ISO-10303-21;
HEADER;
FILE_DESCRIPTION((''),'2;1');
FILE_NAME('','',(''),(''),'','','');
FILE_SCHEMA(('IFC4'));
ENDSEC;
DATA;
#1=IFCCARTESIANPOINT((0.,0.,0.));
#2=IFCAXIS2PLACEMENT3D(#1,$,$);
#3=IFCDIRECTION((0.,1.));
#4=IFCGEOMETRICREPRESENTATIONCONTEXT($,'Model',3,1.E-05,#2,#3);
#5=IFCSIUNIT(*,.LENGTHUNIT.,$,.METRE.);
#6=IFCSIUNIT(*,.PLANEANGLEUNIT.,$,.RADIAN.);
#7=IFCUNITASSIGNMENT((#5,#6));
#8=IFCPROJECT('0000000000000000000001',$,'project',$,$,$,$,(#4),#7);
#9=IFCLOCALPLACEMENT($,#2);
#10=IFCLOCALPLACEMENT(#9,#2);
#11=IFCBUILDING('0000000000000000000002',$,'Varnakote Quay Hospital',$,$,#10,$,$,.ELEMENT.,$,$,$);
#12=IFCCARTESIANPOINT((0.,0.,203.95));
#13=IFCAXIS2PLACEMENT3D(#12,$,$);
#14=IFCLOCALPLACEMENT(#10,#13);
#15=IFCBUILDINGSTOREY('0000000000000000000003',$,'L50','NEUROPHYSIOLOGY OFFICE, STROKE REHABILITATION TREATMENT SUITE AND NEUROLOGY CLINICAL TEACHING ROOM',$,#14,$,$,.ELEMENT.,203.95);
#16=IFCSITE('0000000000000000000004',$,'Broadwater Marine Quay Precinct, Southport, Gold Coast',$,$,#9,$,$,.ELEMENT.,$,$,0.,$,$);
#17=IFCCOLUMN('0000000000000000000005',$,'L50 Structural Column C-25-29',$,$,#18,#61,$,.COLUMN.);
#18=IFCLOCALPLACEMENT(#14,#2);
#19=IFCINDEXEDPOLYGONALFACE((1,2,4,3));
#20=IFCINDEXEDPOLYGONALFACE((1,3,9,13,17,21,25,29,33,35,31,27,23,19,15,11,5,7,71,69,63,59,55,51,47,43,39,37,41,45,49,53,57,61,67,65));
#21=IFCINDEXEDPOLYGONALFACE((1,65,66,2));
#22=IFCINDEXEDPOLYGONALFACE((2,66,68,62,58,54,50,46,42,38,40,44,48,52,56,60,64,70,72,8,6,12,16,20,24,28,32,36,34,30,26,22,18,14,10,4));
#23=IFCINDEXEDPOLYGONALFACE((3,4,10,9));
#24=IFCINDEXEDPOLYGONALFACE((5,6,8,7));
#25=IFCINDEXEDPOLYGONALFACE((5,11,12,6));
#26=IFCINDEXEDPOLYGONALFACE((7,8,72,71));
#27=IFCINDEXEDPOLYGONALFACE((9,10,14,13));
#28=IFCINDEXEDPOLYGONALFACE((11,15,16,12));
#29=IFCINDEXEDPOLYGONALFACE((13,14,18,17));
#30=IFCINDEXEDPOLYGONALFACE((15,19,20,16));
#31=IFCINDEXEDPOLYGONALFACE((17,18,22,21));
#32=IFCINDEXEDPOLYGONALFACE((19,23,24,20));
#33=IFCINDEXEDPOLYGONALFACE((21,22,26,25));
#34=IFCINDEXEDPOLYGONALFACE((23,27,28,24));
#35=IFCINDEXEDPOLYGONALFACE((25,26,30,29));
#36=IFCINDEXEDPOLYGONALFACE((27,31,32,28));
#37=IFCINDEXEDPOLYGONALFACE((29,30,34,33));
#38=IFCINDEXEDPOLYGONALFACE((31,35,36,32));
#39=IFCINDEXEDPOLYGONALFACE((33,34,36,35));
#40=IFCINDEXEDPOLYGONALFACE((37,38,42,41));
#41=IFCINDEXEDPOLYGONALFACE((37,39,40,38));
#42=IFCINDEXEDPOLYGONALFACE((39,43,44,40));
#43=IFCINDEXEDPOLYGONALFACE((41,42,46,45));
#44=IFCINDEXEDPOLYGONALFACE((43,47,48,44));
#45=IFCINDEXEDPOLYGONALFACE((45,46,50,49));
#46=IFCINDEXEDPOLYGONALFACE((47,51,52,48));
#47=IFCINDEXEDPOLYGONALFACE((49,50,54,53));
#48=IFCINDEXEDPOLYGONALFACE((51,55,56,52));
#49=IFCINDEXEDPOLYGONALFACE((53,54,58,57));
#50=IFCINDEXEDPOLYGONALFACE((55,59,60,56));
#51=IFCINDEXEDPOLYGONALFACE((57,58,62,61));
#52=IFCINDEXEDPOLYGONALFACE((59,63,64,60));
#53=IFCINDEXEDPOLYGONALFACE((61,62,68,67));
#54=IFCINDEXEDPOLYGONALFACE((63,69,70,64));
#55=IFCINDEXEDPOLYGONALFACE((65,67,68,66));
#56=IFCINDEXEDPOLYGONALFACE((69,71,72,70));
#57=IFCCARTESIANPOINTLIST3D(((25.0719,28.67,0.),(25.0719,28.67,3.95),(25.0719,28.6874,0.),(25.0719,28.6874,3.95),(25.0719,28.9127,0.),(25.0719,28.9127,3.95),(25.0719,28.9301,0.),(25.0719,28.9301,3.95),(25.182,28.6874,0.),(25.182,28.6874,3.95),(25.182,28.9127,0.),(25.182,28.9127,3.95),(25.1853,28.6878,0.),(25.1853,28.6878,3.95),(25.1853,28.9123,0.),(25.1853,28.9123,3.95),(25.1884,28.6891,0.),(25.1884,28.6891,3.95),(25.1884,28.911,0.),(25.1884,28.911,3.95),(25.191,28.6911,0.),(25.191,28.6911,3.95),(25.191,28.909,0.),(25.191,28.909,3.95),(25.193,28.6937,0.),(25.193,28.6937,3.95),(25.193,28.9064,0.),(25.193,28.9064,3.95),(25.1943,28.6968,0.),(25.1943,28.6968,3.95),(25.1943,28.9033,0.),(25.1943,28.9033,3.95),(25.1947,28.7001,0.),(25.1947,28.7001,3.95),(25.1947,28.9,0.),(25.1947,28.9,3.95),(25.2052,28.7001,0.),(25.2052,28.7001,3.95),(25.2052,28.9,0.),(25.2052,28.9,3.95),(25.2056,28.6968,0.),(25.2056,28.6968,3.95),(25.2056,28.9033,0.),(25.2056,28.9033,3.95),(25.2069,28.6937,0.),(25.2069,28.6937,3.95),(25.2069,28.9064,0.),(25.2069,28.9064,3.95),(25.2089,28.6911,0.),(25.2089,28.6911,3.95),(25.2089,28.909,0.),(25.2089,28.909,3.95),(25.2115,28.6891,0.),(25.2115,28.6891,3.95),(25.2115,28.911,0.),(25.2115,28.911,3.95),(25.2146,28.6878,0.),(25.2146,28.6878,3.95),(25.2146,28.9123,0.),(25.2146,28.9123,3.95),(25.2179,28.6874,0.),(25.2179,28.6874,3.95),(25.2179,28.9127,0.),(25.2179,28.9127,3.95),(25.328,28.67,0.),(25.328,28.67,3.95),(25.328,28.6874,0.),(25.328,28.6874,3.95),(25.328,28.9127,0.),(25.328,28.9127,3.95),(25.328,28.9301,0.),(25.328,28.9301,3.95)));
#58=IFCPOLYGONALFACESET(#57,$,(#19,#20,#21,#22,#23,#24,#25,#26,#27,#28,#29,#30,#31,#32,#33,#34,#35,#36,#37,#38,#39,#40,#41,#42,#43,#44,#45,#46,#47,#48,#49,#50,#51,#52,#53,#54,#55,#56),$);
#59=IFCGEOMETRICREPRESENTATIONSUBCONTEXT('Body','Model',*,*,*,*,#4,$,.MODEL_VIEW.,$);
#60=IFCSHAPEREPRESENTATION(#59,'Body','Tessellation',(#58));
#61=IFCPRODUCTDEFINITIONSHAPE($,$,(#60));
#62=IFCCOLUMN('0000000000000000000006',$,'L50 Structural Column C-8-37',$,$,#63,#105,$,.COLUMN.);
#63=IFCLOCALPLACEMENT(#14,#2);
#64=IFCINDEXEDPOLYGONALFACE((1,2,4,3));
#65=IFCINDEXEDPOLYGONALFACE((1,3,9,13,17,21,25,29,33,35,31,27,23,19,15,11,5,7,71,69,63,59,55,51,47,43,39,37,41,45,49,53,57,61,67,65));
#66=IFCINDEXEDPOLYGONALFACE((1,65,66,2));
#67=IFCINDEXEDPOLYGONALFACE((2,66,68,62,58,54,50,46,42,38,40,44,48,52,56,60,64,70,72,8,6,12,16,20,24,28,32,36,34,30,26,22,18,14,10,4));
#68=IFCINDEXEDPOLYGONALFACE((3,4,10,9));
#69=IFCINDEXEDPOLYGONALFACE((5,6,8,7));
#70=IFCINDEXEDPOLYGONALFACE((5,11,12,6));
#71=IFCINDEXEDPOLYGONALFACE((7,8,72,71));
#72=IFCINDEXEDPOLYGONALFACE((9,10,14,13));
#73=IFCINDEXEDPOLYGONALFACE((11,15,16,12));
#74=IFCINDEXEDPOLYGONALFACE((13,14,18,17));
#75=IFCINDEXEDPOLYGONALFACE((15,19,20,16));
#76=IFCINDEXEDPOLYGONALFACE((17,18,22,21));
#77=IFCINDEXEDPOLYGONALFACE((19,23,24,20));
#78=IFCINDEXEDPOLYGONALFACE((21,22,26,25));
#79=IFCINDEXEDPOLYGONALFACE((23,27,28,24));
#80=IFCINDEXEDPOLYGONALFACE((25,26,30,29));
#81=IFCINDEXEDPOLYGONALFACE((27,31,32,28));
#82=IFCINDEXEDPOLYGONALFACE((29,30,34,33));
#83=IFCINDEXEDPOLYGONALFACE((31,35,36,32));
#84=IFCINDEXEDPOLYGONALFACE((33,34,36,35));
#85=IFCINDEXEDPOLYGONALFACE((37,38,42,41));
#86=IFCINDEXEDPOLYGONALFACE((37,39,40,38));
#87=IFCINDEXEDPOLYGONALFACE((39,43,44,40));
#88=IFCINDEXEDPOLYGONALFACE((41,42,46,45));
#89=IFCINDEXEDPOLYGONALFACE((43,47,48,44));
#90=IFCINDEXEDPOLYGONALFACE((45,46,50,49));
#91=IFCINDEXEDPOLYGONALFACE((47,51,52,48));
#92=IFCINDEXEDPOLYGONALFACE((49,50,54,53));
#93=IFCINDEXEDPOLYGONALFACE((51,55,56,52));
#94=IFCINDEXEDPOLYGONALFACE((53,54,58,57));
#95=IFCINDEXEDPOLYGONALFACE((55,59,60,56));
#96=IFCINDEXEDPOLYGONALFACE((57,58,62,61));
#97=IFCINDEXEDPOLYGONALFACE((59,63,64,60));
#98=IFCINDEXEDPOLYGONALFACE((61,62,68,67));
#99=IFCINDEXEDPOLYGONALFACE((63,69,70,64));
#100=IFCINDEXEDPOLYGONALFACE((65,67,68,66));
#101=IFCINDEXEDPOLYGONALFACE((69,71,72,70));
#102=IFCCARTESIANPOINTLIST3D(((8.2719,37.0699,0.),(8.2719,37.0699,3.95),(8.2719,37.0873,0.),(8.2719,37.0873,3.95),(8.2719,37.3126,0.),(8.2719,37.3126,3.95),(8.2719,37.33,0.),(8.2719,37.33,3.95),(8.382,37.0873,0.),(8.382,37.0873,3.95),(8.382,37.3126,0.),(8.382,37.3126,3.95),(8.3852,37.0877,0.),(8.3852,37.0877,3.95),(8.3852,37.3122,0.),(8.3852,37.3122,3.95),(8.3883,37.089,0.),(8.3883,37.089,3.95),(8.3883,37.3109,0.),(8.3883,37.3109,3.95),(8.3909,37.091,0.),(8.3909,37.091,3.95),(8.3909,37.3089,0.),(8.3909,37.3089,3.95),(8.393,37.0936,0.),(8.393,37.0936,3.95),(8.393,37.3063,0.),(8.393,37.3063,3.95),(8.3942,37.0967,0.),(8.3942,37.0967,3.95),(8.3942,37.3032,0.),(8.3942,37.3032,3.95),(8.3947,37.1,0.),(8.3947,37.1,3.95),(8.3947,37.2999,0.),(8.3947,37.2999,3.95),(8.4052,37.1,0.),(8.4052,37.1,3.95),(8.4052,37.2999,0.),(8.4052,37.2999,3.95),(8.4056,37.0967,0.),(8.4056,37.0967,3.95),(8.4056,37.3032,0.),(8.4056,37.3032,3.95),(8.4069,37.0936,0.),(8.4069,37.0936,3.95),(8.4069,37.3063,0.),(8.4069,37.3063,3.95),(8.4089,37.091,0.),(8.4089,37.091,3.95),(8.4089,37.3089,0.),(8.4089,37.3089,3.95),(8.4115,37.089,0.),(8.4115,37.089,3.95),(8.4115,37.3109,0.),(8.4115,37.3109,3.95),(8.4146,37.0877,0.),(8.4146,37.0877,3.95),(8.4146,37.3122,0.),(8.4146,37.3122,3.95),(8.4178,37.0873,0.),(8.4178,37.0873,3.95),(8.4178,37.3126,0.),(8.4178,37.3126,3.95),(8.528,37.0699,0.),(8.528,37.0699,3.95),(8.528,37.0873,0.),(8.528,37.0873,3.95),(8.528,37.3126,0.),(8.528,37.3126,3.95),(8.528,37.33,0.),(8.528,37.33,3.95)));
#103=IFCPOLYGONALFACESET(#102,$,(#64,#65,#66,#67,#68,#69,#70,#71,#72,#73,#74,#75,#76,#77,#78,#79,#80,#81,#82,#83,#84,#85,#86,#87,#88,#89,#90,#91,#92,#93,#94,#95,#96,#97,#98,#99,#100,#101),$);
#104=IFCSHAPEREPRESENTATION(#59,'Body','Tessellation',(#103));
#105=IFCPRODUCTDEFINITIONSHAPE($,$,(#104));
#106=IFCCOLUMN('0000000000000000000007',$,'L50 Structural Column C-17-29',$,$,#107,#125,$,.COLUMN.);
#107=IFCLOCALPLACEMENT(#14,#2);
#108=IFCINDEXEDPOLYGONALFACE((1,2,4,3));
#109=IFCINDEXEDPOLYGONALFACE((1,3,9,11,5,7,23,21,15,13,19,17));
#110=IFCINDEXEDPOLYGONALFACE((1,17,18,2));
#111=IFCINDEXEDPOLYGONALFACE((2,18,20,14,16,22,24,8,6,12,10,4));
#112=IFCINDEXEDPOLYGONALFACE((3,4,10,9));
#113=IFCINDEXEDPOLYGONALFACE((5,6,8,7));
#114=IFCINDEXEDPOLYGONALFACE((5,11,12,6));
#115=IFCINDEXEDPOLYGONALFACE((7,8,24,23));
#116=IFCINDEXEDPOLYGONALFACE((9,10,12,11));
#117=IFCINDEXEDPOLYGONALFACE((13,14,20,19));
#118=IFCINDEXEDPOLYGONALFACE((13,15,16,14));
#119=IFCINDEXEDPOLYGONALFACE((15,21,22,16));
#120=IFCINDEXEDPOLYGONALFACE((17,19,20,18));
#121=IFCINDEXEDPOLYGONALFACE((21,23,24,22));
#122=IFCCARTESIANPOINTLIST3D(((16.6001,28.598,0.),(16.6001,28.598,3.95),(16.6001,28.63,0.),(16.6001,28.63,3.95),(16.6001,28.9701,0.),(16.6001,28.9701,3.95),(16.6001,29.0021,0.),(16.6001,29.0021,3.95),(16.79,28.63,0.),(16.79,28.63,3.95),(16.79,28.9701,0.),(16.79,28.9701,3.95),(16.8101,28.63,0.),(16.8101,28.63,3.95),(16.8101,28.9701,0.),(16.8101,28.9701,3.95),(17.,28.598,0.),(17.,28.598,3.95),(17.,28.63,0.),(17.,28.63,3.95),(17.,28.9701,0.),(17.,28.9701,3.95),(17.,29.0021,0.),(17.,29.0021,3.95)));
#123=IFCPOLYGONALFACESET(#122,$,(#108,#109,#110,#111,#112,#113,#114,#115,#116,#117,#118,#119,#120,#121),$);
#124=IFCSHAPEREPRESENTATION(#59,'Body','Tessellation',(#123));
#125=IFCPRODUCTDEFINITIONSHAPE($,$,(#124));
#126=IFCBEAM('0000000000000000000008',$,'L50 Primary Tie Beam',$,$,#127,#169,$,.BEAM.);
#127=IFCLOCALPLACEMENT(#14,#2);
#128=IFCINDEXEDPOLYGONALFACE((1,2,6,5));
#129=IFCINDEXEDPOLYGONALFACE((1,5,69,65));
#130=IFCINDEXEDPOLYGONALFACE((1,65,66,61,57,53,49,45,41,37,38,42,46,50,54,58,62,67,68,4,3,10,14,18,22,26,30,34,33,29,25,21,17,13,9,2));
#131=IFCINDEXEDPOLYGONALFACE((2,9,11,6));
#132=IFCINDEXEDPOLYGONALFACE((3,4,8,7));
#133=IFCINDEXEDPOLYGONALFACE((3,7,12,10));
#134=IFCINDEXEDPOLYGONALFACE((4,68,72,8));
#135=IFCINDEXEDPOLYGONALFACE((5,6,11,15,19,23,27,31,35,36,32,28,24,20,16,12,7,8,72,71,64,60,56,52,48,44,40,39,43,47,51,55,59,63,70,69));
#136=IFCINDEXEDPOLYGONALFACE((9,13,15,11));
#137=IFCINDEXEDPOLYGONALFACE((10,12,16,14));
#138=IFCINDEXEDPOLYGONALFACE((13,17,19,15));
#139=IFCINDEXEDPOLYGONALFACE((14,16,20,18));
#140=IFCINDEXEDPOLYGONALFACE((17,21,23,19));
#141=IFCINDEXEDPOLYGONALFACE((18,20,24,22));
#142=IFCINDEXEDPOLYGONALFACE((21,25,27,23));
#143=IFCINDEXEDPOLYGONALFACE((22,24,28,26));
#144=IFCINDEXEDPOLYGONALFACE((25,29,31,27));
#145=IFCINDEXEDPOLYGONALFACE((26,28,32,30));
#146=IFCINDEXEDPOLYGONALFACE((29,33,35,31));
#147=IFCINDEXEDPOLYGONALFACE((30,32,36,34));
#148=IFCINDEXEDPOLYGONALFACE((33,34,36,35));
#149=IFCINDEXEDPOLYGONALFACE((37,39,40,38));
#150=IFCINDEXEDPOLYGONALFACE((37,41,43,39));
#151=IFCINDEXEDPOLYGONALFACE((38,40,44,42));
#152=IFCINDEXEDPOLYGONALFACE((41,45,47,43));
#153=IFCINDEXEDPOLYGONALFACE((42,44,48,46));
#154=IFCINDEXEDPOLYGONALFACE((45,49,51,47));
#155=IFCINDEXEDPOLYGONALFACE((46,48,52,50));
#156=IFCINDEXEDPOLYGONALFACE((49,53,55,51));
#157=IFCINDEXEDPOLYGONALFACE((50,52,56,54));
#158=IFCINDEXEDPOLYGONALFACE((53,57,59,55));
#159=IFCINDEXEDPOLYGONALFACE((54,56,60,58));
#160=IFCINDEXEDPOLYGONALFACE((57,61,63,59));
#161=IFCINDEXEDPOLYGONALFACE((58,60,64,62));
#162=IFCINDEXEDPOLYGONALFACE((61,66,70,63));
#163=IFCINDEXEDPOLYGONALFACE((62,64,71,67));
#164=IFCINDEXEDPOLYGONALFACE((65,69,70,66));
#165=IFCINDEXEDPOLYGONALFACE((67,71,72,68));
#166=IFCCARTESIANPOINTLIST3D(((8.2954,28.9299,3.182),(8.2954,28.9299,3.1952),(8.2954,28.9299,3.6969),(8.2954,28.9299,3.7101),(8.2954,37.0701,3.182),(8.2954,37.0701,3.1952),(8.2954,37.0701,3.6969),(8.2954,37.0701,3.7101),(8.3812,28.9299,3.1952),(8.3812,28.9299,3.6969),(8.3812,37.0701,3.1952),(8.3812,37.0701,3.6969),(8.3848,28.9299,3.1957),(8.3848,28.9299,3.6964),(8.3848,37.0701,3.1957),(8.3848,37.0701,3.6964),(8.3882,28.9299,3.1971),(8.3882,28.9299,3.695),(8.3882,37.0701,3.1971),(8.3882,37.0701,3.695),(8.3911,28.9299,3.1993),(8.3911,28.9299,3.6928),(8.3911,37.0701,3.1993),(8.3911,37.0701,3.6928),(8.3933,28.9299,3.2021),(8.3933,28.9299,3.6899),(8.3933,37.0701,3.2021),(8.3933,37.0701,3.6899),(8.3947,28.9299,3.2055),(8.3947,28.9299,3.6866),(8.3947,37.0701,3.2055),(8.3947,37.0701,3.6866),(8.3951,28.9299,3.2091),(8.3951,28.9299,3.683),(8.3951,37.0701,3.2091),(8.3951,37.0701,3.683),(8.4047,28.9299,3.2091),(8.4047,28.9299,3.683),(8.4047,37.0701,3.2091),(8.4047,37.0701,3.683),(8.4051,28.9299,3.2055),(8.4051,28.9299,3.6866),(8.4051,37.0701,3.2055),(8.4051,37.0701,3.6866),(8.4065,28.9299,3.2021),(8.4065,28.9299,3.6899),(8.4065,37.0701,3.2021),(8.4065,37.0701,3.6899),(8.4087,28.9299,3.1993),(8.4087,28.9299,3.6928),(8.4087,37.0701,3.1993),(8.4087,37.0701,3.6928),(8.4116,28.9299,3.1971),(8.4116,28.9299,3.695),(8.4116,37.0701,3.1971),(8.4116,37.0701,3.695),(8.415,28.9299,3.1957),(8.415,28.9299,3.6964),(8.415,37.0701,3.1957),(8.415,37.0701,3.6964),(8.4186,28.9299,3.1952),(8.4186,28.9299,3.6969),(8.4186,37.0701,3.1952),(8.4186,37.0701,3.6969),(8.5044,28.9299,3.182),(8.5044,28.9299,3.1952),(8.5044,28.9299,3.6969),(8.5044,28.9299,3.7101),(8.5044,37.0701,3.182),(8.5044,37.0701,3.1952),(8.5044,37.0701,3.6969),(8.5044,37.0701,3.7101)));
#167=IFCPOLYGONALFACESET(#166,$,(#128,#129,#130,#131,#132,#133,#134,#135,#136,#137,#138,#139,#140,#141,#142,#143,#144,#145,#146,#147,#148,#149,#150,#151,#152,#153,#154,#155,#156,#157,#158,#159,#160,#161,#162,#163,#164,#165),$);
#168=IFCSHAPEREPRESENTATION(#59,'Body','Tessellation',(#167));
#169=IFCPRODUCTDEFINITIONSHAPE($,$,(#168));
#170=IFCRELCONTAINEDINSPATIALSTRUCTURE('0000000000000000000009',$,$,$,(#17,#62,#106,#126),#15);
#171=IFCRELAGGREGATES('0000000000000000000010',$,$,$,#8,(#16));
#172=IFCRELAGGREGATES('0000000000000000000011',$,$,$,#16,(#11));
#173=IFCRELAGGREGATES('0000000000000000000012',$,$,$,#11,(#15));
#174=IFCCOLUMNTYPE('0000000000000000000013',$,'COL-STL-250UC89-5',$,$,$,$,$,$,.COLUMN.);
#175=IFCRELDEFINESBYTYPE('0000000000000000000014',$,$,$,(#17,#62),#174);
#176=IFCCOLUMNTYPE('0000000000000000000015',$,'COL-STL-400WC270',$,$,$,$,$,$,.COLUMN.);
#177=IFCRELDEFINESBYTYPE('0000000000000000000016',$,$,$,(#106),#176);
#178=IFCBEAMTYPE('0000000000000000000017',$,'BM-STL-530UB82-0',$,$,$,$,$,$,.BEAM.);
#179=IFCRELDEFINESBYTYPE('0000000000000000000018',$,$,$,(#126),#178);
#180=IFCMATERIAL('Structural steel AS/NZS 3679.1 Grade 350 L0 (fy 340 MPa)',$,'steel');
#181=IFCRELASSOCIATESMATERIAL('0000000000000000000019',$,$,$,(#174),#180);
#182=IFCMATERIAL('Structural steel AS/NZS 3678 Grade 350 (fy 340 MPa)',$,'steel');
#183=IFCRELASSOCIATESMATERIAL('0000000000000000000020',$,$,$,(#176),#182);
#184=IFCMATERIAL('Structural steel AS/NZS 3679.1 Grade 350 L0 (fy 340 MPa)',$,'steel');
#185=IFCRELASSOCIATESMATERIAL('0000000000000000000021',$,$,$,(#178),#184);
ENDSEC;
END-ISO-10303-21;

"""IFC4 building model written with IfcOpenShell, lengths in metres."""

from ifc_helpers import new_model, si_unit, direction, frame, origin, origin_2d, place, context, subcontext, project, spatial, i_section, extrude, material, material_profile, profile_set, type_object, element, save


model = new_model("IFC4")

# Units and contexts
model_context = context("Model", 3, precision=1e-05, world=origin(), true_north=direction((0.0, 1.0)))
body_context = subcontext(model_context, "Body", "Model", "MODEL_VIEW")
ifc_project = project(units=[si_unit("LENGTHUNIT", "METRE"), si_unit("PLANEANGLEUNIT", "RADIAN")], contexts=[model_context])

# Site, building, storey
site_placement = place(None, origin())
site = spatial("IfcSite", under=ifc_project, at=site_placement, Name="Broadwater Marine Quay Precinct, Southport, Gold Coast", CompositionType="ELEMENT", RefElevation=0.0)
building_placement = place(site_placement, origin())
building = spatial("IfcBuilding", under=site, at=building_placement, Name="Varnakote Quay Hospital", CompositionType="ELEMENT")
storey_placement = place(building_placement, frame((0.0, 0.0, 203.95)))
storey = spatial("IfcBuildingStorey", under=building, at=storey_placement, Name="L50", Description="NEUROPHYSIOLOGY OFFICE, STROKE REHABILITATION TREATMENT SUITE AND NEUROLOGY CLINICAL TEACHING ROOM", CompositionType="ELEMENT", Elevation=203.95)

# Columns
ifc_material_1 = material(Name="Structural steel AS/NZS 3679.1 Grade 350 L0 (fy 340 MPa)", Category="steel")
ifc_material_profile_1 = material_profile(ifc_material_1, i_section(OverallWidth=0.2561, OverallDepth=0.26, WebThickness=0.0105, FlangeThickness=0.0173, FilletRadius=0.0127, at=origin_2d()), Name="250UC89.5")
ifc_profile_set_1 = profile_set([ifc_material_profile_1], Name="Structural steel AS/NZS 3679.1 Grade 350 L0 (fy 340 MPa)")
column_type_1 = type_object("IfcColumnType", Name="COL-STL-250UC89-5", PredefinedType="COLUMN", material=ifc_profile_set_1)
for number, where, z_axis, x_axis, name in (
    (1, (25.2, 28.8, 0.0), (0.0, 0.0, 1.0), (1.0, 0.0, 0.0), "L50 Structural Column C-25-29"),
    (2, (8.3999, 37.2, 0.0), (0.0, 0.0, 1.0), (1.0, 0.0, 0.0), "L50 Structural Column C-8-37"),
):
    element("IfcColumn", number, at=place(storey_placement, frame(where, z_axis=z_axis, x_axis=x_axis)), inside=storey, type_object=column_type_1, Name=name, PredefinedType="COLUMN", context=body_context, shape_type="SweptSolid", body=[
        extrude(i_section(OverallWidth=0.2561, OverallDepth=0.26, WebThickness=0.0105, FlangeThickness=0.0173, FilletRadius=0.0127, at=origin_2d()), origin(), (0.0, 0.0, 1.0), 3.95),
    ])
ifc_material_2 = material(Name="Structural steel AS/NZS 3678 Grade 350 (fy 340 MPa)", Category="steel")
ifc_material_profile_2 = material_profile(ifc_material_2, i_section(OverallWidth=0.3999, OverallDepth=0.4041, WebThickness=0.02, FlangeThickness=0.032, at=origin_2d()), Name="400WC270")
ifc_profile_set_2 = profile_set([ifc_material_profile_2], Name="Structural steel AS/NZS 3678 Grade 350 (fy 340 MPa)")
column_type_2 = type_object("IfcColumnType", Name="COL-STL-400WC270", PredefinedType="COLUMN", material=ifc_profile_set_2)
column_placement = place(storey_placement, frame((16.8, 28.8, 0.0), z_axis=(0.0, 0.0, 1.0), x_axis=(1.0, 0.0, 0.0)))
element("IfcColumn", 3, at=column_placement, inside=storey, type_object=column_type_2, Name="L50 Structural Column C-17-29", PredefinedType="COLUMN", context=body_context, shape_type="SweptSolid", body=[
    extrude(i_section(OverallWidth=0.3999, OverallDepth=0.4041, WebThickness=0.02, FlangeThickness=0.032, at=origin_2d()), origin(), (0.0, 0.0, 1.0), 3.95),
])

# Beam
ifc_material_3 = material(Name="Structural steel AS/NZS 3679.1 Grade 350 L0 (fy 340 MPa)", Category="steel")
ifc_material_profile_3 = material_profile(ifc_material_3, i_section(OverallWidth=0.209, OverallDepth=0.5281, WebThickness=0.0095, FlangeThickness=0.0132, FilletRadius=0.0139, at=origin_2d()), Name="530UB82.0")
ifc_profile_set_3 = profile_set([ifc_material_profile_3], Name="Structural steel AS/NZS 3679.1 Grade 350 L0 (fy 340 MPa)")
beam_type_1 = type_object("IfcBeamType", Name="BM-STL-530UB82-0", PredefinedType="BEAM", material=ifc_profile_set_3)
beam_1_placement = place(storey_placement, frame((8.3999, 28.9299, 3.446), z_axis=(0.0, 1.0, 0.0), x_axis=(-1.0, 0.0, 0.0)))
element("IfcBeam", 4, at=beam_1_placement, inside=storey, type_object=beam_type_1, Name="L50 Primary Tie Beam", PredefinedType="BEAM", context=body_context, shape_type="SweptSolid", body=[
    extrude(i_section(OverallWidth=0.209, OverallDepth=0.5281, WebThickness=0.0095, FlangeThickness=0.0132, FilletRadius=0.0139, at=origin_2d()), origin(), (0.0, 0.0, 1.0), 8.1401),
])

save(model, "model.ifc")
